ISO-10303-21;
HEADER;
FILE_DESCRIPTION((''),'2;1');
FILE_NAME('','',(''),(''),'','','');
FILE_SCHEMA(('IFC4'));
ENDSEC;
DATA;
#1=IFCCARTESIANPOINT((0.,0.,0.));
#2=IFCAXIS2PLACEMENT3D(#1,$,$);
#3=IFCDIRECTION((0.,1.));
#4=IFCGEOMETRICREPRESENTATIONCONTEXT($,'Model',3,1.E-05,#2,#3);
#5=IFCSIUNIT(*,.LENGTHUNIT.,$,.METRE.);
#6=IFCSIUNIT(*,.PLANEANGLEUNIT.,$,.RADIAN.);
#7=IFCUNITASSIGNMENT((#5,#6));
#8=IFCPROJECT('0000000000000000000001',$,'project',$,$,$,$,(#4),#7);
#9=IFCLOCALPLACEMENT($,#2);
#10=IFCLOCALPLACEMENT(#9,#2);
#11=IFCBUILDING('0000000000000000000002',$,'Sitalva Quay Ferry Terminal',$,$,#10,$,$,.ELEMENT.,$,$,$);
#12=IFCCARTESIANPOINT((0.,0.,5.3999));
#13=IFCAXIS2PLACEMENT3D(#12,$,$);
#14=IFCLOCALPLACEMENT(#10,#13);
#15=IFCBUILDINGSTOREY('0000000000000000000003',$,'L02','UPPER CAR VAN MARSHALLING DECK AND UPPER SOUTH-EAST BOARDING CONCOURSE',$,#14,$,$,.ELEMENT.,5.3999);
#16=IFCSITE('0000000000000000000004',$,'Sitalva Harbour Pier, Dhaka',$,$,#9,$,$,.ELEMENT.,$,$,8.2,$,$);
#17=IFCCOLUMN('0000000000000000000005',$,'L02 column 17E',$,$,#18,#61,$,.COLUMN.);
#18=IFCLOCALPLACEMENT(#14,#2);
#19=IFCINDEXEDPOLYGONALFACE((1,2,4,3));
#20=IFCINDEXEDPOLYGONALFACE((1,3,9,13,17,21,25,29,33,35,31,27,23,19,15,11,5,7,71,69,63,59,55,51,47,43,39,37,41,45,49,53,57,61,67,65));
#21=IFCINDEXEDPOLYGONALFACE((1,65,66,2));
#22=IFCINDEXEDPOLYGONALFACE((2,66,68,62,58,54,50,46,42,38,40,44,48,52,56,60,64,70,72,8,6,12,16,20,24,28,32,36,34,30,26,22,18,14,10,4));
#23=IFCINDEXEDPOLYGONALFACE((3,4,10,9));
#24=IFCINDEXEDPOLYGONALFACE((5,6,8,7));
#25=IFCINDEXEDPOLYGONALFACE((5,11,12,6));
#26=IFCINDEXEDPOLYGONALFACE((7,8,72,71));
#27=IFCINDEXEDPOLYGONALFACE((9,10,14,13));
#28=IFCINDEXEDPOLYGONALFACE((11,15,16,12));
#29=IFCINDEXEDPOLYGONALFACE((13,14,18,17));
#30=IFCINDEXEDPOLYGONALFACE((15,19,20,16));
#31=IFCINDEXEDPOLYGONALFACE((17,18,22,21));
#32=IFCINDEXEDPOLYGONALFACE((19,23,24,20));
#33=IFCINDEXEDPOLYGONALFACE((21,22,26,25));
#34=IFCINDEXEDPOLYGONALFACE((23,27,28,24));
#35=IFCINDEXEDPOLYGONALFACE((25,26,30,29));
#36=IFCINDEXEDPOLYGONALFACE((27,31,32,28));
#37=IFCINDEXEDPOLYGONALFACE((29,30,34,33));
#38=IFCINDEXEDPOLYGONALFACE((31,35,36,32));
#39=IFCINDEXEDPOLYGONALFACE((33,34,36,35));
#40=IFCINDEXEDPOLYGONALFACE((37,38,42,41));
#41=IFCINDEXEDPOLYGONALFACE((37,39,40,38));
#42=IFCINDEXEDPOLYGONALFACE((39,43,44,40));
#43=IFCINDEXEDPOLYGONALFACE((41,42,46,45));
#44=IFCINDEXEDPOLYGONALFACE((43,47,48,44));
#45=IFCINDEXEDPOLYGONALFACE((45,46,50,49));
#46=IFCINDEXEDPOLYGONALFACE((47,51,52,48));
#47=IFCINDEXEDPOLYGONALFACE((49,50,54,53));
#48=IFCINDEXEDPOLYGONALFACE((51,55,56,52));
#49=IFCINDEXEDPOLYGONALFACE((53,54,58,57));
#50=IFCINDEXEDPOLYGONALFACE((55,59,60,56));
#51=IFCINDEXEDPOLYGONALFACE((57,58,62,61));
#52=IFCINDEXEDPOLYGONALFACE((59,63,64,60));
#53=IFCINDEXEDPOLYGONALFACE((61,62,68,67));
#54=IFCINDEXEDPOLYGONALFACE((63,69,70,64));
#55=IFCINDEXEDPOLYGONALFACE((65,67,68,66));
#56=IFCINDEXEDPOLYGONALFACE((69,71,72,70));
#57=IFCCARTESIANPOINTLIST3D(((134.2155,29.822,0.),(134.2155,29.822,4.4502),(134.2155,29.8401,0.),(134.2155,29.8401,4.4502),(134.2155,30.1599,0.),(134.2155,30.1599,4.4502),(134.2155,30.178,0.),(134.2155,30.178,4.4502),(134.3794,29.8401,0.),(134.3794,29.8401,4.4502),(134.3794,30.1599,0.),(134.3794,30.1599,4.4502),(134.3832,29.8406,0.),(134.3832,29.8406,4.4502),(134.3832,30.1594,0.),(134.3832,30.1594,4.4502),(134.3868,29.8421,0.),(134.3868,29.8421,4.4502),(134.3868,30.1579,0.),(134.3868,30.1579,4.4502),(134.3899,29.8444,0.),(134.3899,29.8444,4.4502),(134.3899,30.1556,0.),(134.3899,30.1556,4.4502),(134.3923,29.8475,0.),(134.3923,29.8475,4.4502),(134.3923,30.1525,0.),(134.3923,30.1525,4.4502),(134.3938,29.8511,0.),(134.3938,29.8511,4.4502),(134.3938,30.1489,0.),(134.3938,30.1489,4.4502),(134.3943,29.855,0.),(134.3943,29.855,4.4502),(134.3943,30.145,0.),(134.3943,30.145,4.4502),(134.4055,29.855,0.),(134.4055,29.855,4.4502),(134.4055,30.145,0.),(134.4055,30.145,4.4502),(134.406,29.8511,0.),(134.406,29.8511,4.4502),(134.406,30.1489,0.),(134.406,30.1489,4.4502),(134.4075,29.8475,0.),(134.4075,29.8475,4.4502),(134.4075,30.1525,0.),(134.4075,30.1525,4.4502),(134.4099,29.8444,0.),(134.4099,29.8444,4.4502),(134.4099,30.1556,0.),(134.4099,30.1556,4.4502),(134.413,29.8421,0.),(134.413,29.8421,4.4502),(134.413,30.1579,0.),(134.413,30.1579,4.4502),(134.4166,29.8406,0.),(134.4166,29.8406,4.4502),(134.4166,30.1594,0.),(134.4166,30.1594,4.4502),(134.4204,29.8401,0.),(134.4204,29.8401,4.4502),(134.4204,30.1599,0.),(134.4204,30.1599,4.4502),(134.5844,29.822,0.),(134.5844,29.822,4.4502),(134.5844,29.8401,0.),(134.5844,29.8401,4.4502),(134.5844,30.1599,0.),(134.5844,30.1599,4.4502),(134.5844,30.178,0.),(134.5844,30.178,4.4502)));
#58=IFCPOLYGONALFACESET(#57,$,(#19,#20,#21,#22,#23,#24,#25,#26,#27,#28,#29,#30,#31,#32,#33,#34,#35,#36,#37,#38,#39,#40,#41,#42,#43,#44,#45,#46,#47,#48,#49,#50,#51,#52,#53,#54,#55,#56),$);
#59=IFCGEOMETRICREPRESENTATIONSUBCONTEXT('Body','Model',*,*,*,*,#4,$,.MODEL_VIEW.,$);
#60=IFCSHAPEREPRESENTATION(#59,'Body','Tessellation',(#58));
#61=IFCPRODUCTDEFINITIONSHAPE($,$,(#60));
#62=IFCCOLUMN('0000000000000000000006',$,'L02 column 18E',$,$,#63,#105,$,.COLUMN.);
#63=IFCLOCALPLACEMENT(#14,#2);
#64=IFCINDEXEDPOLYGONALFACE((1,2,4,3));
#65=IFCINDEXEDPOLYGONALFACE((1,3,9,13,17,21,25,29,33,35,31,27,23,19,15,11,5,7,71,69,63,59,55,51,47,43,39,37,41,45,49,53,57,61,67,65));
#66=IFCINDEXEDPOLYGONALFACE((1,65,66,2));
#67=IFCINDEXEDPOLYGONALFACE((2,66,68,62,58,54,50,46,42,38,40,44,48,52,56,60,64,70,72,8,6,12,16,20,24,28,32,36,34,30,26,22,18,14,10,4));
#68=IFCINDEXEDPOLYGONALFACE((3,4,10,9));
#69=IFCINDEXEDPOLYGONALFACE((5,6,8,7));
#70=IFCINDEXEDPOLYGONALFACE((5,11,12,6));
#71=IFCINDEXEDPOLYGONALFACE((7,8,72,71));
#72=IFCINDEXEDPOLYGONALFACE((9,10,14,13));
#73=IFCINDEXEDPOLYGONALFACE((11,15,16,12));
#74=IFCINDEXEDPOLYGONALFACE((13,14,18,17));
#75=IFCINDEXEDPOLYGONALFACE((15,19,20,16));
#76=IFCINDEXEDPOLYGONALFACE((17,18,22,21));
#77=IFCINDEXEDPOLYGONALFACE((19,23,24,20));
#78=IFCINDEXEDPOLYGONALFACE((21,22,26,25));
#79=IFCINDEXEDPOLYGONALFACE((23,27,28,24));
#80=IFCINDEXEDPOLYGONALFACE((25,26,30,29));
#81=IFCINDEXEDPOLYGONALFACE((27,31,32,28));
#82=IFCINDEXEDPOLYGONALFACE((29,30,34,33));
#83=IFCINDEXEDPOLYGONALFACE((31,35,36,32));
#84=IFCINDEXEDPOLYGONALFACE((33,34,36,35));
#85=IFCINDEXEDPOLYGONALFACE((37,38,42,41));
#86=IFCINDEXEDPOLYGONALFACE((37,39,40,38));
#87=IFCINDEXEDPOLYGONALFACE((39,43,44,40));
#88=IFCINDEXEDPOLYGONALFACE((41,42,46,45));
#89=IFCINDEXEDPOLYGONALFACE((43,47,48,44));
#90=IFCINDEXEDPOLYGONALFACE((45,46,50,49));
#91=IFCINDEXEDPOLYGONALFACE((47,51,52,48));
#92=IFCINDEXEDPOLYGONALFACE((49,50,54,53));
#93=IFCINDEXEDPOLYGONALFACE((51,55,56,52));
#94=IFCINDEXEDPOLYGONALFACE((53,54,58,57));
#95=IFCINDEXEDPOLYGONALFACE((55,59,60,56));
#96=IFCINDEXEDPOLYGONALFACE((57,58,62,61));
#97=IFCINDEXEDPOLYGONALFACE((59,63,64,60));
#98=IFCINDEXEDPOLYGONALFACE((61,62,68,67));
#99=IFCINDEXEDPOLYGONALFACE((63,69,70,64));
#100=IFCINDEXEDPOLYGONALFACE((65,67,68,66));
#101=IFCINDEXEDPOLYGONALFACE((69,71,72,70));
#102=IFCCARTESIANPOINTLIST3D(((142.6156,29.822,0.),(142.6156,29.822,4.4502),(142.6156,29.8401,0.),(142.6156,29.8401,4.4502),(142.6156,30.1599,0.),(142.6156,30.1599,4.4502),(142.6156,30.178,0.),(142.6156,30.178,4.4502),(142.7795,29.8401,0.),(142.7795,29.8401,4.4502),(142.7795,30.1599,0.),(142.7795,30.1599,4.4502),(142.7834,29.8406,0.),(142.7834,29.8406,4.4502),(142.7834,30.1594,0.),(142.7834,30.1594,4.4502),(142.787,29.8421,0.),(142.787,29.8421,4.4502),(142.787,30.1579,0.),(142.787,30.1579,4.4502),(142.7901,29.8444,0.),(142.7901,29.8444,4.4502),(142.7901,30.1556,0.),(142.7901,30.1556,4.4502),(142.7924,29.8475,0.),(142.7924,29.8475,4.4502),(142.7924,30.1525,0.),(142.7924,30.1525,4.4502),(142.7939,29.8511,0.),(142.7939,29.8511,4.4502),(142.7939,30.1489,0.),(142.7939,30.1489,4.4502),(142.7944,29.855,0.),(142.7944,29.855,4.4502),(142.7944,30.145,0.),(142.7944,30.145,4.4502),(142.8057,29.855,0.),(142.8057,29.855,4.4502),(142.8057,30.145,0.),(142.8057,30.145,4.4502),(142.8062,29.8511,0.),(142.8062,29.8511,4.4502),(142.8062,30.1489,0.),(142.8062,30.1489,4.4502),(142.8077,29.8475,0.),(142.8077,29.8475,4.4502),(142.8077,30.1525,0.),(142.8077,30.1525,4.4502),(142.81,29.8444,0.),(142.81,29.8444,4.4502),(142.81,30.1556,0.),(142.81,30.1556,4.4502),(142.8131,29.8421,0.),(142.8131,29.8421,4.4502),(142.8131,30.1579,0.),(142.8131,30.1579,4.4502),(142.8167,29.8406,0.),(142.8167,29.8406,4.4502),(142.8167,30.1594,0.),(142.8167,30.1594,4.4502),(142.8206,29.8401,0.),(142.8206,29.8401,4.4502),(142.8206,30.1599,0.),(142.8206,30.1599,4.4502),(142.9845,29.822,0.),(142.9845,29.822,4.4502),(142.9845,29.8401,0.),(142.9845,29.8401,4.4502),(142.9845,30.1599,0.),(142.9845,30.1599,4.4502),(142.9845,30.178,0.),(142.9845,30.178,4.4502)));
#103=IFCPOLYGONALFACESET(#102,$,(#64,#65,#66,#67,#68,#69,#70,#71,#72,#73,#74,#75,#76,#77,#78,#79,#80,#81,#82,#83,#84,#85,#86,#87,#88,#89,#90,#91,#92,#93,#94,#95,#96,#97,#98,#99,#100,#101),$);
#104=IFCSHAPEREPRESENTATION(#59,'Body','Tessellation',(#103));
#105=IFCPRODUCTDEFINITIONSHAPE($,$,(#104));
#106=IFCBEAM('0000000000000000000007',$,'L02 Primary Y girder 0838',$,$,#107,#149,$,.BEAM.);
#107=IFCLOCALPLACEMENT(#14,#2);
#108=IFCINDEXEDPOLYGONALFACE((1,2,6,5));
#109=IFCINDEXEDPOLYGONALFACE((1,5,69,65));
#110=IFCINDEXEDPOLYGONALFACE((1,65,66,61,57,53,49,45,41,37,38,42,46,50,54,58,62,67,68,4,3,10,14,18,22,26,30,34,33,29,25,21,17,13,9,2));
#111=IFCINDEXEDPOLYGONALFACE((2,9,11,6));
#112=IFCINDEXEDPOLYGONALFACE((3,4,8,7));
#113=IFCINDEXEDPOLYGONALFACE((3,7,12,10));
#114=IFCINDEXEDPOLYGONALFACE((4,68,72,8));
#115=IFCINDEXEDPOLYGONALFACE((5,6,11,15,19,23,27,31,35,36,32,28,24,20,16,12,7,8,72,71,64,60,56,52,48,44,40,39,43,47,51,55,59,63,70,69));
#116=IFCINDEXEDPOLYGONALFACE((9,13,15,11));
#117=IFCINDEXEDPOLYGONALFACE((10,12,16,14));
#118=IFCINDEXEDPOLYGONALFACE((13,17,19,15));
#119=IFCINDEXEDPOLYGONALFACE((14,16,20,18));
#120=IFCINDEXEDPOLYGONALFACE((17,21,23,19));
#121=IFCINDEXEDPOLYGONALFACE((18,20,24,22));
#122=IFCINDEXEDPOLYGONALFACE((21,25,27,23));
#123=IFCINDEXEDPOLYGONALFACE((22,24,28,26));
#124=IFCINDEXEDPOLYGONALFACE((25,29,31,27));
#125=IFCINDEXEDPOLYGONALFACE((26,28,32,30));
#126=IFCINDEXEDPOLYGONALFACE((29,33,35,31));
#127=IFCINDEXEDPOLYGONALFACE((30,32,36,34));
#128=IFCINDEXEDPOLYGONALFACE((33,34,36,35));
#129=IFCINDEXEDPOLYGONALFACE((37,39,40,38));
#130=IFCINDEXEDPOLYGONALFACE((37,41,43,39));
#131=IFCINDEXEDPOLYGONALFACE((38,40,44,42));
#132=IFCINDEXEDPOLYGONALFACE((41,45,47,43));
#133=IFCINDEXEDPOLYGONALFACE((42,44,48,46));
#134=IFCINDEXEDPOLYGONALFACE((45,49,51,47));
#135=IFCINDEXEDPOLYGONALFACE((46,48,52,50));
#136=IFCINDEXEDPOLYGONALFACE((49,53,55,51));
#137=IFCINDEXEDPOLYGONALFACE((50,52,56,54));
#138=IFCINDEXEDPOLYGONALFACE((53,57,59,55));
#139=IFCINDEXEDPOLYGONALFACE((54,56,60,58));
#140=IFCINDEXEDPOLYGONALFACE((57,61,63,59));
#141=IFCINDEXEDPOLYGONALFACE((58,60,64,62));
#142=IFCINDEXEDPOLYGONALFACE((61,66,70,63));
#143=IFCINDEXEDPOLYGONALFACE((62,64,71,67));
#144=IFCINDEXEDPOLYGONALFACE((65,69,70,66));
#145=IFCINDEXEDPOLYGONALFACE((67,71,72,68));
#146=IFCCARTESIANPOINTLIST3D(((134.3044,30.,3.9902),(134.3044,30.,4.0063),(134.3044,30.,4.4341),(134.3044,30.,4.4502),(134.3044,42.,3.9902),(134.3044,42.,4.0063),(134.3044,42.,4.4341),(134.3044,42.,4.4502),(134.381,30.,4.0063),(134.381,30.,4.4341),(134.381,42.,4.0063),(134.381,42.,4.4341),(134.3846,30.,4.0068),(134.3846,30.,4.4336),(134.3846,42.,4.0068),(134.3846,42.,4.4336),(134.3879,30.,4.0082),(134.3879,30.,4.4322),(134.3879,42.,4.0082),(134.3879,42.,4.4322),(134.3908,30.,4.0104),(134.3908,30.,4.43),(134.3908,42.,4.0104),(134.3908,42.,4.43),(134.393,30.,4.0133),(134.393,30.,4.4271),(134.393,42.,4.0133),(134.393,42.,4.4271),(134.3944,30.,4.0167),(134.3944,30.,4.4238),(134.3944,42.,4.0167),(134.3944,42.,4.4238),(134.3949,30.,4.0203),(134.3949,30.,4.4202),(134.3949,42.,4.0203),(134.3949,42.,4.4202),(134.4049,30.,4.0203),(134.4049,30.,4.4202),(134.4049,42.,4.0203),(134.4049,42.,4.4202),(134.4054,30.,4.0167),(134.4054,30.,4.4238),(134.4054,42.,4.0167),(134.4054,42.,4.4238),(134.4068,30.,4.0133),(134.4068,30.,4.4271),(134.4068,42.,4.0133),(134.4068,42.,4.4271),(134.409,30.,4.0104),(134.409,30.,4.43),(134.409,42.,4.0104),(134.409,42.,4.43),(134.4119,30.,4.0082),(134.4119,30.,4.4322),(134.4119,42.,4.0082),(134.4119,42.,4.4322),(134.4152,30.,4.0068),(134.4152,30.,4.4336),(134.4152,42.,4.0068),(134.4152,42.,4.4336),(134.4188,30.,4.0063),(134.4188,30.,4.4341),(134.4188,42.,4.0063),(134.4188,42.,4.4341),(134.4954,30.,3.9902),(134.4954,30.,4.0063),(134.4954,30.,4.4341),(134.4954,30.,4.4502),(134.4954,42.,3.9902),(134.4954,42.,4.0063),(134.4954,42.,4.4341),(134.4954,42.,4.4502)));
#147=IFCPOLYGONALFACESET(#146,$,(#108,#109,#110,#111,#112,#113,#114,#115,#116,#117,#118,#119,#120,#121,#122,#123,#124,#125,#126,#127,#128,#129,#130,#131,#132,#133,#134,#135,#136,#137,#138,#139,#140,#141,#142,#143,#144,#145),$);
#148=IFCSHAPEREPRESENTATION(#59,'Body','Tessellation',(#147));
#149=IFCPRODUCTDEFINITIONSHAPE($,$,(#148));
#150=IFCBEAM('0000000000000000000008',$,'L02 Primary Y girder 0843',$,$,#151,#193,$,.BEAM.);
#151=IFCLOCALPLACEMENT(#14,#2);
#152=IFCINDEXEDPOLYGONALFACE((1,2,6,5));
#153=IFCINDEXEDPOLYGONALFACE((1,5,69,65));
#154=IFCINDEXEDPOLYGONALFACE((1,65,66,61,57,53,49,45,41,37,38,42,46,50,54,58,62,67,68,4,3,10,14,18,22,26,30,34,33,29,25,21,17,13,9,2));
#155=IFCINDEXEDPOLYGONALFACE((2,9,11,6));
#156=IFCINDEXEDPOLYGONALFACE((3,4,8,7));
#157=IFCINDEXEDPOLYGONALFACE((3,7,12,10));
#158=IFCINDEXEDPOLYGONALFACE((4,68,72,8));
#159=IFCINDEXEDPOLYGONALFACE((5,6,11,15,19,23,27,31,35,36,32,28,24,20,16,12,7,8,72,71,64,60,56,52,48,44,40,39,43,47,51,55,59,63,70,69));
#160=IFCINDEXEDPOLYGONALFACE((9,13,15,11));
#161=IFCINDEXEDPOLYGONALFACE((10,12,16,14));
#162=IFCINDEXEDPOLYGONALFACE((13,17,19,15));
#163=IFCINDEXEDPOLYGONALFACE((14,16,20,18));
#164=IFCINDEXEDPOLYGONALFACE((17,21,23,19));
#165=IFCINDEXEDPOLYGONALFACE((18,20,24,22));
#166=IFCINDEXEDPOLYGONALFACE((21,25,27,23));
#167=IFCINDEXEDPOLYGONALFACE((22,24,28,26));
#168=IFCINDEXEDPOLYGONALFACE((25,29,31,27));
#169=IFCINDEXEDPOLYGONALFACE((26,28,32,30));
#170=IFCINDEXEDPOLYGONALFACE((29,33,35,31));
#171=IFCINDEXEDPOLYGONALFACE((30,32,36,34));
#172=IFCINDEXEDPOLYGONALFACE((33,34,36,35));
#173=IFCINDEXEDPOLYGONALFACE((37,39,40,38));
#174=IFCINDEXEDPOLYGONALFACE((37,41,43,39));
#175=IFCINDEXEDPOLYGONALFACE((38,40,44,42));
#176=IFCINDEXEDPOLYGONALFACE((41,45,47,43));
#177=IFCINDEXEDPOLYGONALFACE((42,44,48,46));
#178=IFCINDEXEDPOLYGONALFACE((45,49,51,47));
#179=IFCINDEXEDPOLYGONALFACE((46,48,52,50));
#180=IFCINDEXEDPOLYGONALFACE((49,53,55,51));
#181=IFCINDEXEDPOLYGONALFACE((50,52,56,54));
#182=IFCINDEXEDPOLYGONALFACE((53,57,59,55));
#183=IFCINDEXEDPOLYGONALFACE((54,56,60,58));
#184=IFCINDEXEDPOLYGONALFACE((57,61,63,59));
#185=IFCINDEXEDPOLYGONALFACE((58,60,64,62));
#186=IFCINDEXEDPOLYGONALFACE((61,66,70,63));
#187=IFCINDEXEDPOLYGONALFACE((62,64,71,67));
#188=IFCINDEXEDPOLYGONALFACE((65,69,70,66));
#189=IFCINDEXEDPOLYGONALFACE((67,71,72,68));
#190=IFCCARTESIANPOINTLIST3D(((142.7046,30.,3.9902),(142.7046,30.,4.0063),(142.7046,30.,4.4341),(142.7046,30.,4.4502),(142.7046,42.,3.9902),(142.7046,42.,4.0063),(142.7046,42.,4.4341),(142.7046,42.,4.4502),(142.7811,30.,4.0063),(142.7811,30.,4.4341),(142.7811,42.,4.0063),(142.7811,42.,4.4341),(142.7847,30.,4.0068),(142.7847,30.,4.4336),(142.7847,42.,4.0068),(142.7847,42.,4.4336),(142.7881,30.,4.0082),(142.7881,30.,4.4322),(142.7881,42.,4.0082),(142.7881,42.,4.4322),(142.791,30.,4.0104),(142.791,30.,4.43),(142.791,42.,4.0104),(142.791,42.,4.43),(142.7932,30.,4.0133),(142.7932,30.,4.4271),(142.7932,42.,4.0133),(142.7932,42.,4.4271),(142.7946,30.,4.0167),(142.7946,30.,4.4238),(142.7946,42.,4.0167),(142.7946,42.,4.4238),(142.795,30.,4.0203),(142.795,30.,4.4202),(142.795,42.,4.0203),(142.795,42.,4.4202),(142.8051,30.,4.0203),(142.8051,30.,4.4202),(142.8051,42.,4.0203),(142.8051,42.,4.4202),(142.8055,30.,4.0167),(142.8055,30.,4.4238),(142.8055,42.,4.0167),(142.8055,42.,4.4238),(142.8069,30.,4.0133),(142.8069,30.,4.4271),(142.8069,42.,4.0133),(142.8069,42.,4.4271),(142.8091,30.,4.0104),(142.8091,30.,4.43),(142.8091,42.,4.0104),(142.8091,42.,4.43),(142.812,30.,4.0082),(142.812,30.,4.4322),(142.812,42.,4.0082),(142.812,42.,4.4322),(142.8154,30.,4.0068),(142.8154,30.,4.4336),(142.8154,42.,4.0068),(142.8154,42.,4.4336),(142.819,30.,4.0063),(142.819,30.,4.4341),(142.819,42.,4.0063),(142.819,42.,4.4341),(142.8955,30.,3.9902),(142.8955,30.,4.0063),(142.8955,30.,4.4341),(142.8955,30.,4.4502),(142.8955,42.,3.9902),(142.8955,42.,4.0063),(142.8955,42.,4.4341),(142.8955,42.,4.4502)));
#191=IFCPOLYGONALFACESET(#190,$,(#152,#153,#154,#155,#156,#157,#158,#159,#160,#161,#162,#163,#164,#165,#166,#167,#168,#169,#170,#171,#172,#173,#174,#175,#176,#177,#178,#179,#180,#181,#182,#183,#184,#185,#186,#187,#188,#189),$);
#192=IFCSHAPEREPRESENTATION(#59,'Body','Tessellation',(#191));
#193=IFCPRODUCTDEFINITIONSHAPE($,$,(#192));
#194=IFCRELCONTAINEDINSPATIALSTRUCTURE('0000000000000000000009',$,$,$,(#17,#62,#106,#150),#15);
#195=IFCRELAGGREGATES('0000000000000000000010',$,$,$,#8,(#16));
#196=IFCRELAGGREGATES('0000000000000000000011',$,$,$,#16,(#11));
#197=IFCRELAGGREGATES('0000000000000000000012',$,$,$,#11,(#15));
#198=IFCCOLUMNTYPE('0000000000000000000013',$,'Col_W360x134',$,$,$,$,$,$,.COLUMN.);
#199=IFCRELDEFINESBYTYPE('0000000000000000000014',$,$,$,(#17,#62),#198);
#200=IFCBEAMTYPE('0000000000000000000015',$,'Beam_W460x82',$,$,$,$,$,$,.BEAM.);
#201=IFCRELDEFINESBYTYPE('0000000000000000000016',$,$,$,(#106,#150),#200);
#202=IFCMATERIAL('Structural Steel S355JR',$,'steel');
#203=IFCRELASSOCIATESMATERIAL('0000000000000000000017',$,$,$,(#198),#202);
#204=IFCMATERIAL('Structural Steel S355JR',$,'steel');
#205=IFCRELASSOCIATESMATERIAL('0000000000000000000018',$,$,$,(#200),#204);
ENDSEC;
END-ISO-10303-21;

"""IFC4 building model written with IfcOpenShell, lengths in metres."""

from ifc_helpers import new_model, si_unit, direction, frame, origin, origin_2d, place, context, subcontext, project, spatial, i_section, extrude, material, material_profile, profile_set, type_object, element, save


model = new_model("IFC4")

# Units and contexts
model_context = context("Model", 3, precision=1e-05, world=origin(), true_north=direction((0.0, 1.0)))
body_context = subcontext(model_context, "Body", "Model", "MODEL_VIEW")
ifc_project = project(units=[si_unit("LENGTHUNIT", "METRE"), si_unit("PLANEANGLEUNIT", "RADIAN")], contexts=[model_context])

# Site, building, storey
site_placement = place(None, origin())
site = spatial("IfcSite", under=ifc_project, at=site_placement, Name="Sitalva Harbour Pier, Dhaka", CompositionType="ELEMENT", RefElevation=8.2)
building_placement = place(site_placement, origin())
building = spatial("IfcBuilding", under=site, at=building_placement, Name="Sitalva Quay Ferry Terminal", CompositionType="ELEMENT")
storey_placement = place(building_placement, frame((0.0, 0.0, 5.3999)))
storey = spatial("IfcBuildingStorey", under=building, at=storey_placement, Name="L02", Description="UPPER CAR VAN MARSHALLING DECK AND UPPER SOUTH-EAST BOARDING CONCOURSE", CompositionType="ELEMENT", Elevation=5.3999)

# Columns
ifc_material_1 = material(Name="Structural Steel S355JR", Category="steel")
ifc_material_profile_1 = material_profile(ifc_material_1, i_section(OverallWidth=0.3689, OverallDepth=0.356, WebThickness=0.0112, FlangeThickness=0.0181, FilletRadius=0.0149, at=origin_2d()), Name="W360x134")
ifc_profile_set_1 = profile_set([ifc_material_profile_1], Name="Structural Steel S355JR")
column_type = type_object("IfcColumnType", Name="Col_W360x134", PredefinedType="COLUMN", material=ifc_profile_set_1)
for number, where, z_axis, x_axis, name in (
    (1, (134.3999, 30.0, 0.0), (0.0, 0.0, 1.0), (1.0, 0.0, 0.0), "L02 column 17E"),
    (2, (142.8, 30.0, 0.0), (0.0, 0.0, 1.0), (1.0, 0.0, 0.0), "L02 column 18E"),
):
    element("IfcColumn", number, at=place(storey_placement, frame(where, z_axis=z_axis, x_axis=x_axis)), inside=storey, type_object=column_type, Name=name, PredefinedType="COLUMN", context=body_context, shape_type="SweptSolid", body=[
        extrude(i_section(OverallWidth=0.3689, OverallDepth=0.356, WebThickness=0.0112, FlangeThickness=0.0181, FilletRadius=0.0149, at=origin_2d()), origin(), (0.0, 0.0, 1.0), 4.4502),
    ])

# Beams
ifc_material_2 = material(Name="Structural Steel S355JR", Category="steel")
ifc_material_profile_2 = material_profile(ifc_material_2, i_section(OverallWidth=0.1909, OverallDepth=0.46, WebThickness=0.01, FlangeThickness=0.0161, FilletRadius=0.0139, at=origin_2d()), Name="W460x82")
ifc_profile_set_2 = profile_set([ifc_material_profile_2], Name="Structural Steel S355JR")
beam_type_1 = type_object("IfcBeamType", Name="Beam_W460x82", PredefinedType="BEAM", material=ifc_profile_set_2)
for number, where, z_axis, x_axis, name in (
    (3, (134.3999, 30.0, 4.2202), (0.0, 1.0, 0.0), (-1.0, 0.0, 0.0), "L02 Primary Y girder 0838"),
    (4, (142.8, 30.0, 4.2202), (0.0, 1.0, 0.0), (-1.0, 0.0, 0.0), "L02 Primary Y girder 0843"),
):
    element("IfcBeam", number, at=place(storey_placement, frame(where, z_axis=z_axis, x_axis=x_axis)), inside=storey, type_object=beam_type_1, Name=name, PredefinedType="BEAM", context=body_context, shape_type="SweptSolid", body=[
        extrude(i_section(OverallWidth=0.1909, OverallDepth=0.46, WebThickness=0.01, FlangeThickness=0.0161, FilletRadius=0.0139, at=origin_2d()), origin(), (0.0, 0.0, 1.0), 12.0),
    ])

save(model, "model.ifc")
